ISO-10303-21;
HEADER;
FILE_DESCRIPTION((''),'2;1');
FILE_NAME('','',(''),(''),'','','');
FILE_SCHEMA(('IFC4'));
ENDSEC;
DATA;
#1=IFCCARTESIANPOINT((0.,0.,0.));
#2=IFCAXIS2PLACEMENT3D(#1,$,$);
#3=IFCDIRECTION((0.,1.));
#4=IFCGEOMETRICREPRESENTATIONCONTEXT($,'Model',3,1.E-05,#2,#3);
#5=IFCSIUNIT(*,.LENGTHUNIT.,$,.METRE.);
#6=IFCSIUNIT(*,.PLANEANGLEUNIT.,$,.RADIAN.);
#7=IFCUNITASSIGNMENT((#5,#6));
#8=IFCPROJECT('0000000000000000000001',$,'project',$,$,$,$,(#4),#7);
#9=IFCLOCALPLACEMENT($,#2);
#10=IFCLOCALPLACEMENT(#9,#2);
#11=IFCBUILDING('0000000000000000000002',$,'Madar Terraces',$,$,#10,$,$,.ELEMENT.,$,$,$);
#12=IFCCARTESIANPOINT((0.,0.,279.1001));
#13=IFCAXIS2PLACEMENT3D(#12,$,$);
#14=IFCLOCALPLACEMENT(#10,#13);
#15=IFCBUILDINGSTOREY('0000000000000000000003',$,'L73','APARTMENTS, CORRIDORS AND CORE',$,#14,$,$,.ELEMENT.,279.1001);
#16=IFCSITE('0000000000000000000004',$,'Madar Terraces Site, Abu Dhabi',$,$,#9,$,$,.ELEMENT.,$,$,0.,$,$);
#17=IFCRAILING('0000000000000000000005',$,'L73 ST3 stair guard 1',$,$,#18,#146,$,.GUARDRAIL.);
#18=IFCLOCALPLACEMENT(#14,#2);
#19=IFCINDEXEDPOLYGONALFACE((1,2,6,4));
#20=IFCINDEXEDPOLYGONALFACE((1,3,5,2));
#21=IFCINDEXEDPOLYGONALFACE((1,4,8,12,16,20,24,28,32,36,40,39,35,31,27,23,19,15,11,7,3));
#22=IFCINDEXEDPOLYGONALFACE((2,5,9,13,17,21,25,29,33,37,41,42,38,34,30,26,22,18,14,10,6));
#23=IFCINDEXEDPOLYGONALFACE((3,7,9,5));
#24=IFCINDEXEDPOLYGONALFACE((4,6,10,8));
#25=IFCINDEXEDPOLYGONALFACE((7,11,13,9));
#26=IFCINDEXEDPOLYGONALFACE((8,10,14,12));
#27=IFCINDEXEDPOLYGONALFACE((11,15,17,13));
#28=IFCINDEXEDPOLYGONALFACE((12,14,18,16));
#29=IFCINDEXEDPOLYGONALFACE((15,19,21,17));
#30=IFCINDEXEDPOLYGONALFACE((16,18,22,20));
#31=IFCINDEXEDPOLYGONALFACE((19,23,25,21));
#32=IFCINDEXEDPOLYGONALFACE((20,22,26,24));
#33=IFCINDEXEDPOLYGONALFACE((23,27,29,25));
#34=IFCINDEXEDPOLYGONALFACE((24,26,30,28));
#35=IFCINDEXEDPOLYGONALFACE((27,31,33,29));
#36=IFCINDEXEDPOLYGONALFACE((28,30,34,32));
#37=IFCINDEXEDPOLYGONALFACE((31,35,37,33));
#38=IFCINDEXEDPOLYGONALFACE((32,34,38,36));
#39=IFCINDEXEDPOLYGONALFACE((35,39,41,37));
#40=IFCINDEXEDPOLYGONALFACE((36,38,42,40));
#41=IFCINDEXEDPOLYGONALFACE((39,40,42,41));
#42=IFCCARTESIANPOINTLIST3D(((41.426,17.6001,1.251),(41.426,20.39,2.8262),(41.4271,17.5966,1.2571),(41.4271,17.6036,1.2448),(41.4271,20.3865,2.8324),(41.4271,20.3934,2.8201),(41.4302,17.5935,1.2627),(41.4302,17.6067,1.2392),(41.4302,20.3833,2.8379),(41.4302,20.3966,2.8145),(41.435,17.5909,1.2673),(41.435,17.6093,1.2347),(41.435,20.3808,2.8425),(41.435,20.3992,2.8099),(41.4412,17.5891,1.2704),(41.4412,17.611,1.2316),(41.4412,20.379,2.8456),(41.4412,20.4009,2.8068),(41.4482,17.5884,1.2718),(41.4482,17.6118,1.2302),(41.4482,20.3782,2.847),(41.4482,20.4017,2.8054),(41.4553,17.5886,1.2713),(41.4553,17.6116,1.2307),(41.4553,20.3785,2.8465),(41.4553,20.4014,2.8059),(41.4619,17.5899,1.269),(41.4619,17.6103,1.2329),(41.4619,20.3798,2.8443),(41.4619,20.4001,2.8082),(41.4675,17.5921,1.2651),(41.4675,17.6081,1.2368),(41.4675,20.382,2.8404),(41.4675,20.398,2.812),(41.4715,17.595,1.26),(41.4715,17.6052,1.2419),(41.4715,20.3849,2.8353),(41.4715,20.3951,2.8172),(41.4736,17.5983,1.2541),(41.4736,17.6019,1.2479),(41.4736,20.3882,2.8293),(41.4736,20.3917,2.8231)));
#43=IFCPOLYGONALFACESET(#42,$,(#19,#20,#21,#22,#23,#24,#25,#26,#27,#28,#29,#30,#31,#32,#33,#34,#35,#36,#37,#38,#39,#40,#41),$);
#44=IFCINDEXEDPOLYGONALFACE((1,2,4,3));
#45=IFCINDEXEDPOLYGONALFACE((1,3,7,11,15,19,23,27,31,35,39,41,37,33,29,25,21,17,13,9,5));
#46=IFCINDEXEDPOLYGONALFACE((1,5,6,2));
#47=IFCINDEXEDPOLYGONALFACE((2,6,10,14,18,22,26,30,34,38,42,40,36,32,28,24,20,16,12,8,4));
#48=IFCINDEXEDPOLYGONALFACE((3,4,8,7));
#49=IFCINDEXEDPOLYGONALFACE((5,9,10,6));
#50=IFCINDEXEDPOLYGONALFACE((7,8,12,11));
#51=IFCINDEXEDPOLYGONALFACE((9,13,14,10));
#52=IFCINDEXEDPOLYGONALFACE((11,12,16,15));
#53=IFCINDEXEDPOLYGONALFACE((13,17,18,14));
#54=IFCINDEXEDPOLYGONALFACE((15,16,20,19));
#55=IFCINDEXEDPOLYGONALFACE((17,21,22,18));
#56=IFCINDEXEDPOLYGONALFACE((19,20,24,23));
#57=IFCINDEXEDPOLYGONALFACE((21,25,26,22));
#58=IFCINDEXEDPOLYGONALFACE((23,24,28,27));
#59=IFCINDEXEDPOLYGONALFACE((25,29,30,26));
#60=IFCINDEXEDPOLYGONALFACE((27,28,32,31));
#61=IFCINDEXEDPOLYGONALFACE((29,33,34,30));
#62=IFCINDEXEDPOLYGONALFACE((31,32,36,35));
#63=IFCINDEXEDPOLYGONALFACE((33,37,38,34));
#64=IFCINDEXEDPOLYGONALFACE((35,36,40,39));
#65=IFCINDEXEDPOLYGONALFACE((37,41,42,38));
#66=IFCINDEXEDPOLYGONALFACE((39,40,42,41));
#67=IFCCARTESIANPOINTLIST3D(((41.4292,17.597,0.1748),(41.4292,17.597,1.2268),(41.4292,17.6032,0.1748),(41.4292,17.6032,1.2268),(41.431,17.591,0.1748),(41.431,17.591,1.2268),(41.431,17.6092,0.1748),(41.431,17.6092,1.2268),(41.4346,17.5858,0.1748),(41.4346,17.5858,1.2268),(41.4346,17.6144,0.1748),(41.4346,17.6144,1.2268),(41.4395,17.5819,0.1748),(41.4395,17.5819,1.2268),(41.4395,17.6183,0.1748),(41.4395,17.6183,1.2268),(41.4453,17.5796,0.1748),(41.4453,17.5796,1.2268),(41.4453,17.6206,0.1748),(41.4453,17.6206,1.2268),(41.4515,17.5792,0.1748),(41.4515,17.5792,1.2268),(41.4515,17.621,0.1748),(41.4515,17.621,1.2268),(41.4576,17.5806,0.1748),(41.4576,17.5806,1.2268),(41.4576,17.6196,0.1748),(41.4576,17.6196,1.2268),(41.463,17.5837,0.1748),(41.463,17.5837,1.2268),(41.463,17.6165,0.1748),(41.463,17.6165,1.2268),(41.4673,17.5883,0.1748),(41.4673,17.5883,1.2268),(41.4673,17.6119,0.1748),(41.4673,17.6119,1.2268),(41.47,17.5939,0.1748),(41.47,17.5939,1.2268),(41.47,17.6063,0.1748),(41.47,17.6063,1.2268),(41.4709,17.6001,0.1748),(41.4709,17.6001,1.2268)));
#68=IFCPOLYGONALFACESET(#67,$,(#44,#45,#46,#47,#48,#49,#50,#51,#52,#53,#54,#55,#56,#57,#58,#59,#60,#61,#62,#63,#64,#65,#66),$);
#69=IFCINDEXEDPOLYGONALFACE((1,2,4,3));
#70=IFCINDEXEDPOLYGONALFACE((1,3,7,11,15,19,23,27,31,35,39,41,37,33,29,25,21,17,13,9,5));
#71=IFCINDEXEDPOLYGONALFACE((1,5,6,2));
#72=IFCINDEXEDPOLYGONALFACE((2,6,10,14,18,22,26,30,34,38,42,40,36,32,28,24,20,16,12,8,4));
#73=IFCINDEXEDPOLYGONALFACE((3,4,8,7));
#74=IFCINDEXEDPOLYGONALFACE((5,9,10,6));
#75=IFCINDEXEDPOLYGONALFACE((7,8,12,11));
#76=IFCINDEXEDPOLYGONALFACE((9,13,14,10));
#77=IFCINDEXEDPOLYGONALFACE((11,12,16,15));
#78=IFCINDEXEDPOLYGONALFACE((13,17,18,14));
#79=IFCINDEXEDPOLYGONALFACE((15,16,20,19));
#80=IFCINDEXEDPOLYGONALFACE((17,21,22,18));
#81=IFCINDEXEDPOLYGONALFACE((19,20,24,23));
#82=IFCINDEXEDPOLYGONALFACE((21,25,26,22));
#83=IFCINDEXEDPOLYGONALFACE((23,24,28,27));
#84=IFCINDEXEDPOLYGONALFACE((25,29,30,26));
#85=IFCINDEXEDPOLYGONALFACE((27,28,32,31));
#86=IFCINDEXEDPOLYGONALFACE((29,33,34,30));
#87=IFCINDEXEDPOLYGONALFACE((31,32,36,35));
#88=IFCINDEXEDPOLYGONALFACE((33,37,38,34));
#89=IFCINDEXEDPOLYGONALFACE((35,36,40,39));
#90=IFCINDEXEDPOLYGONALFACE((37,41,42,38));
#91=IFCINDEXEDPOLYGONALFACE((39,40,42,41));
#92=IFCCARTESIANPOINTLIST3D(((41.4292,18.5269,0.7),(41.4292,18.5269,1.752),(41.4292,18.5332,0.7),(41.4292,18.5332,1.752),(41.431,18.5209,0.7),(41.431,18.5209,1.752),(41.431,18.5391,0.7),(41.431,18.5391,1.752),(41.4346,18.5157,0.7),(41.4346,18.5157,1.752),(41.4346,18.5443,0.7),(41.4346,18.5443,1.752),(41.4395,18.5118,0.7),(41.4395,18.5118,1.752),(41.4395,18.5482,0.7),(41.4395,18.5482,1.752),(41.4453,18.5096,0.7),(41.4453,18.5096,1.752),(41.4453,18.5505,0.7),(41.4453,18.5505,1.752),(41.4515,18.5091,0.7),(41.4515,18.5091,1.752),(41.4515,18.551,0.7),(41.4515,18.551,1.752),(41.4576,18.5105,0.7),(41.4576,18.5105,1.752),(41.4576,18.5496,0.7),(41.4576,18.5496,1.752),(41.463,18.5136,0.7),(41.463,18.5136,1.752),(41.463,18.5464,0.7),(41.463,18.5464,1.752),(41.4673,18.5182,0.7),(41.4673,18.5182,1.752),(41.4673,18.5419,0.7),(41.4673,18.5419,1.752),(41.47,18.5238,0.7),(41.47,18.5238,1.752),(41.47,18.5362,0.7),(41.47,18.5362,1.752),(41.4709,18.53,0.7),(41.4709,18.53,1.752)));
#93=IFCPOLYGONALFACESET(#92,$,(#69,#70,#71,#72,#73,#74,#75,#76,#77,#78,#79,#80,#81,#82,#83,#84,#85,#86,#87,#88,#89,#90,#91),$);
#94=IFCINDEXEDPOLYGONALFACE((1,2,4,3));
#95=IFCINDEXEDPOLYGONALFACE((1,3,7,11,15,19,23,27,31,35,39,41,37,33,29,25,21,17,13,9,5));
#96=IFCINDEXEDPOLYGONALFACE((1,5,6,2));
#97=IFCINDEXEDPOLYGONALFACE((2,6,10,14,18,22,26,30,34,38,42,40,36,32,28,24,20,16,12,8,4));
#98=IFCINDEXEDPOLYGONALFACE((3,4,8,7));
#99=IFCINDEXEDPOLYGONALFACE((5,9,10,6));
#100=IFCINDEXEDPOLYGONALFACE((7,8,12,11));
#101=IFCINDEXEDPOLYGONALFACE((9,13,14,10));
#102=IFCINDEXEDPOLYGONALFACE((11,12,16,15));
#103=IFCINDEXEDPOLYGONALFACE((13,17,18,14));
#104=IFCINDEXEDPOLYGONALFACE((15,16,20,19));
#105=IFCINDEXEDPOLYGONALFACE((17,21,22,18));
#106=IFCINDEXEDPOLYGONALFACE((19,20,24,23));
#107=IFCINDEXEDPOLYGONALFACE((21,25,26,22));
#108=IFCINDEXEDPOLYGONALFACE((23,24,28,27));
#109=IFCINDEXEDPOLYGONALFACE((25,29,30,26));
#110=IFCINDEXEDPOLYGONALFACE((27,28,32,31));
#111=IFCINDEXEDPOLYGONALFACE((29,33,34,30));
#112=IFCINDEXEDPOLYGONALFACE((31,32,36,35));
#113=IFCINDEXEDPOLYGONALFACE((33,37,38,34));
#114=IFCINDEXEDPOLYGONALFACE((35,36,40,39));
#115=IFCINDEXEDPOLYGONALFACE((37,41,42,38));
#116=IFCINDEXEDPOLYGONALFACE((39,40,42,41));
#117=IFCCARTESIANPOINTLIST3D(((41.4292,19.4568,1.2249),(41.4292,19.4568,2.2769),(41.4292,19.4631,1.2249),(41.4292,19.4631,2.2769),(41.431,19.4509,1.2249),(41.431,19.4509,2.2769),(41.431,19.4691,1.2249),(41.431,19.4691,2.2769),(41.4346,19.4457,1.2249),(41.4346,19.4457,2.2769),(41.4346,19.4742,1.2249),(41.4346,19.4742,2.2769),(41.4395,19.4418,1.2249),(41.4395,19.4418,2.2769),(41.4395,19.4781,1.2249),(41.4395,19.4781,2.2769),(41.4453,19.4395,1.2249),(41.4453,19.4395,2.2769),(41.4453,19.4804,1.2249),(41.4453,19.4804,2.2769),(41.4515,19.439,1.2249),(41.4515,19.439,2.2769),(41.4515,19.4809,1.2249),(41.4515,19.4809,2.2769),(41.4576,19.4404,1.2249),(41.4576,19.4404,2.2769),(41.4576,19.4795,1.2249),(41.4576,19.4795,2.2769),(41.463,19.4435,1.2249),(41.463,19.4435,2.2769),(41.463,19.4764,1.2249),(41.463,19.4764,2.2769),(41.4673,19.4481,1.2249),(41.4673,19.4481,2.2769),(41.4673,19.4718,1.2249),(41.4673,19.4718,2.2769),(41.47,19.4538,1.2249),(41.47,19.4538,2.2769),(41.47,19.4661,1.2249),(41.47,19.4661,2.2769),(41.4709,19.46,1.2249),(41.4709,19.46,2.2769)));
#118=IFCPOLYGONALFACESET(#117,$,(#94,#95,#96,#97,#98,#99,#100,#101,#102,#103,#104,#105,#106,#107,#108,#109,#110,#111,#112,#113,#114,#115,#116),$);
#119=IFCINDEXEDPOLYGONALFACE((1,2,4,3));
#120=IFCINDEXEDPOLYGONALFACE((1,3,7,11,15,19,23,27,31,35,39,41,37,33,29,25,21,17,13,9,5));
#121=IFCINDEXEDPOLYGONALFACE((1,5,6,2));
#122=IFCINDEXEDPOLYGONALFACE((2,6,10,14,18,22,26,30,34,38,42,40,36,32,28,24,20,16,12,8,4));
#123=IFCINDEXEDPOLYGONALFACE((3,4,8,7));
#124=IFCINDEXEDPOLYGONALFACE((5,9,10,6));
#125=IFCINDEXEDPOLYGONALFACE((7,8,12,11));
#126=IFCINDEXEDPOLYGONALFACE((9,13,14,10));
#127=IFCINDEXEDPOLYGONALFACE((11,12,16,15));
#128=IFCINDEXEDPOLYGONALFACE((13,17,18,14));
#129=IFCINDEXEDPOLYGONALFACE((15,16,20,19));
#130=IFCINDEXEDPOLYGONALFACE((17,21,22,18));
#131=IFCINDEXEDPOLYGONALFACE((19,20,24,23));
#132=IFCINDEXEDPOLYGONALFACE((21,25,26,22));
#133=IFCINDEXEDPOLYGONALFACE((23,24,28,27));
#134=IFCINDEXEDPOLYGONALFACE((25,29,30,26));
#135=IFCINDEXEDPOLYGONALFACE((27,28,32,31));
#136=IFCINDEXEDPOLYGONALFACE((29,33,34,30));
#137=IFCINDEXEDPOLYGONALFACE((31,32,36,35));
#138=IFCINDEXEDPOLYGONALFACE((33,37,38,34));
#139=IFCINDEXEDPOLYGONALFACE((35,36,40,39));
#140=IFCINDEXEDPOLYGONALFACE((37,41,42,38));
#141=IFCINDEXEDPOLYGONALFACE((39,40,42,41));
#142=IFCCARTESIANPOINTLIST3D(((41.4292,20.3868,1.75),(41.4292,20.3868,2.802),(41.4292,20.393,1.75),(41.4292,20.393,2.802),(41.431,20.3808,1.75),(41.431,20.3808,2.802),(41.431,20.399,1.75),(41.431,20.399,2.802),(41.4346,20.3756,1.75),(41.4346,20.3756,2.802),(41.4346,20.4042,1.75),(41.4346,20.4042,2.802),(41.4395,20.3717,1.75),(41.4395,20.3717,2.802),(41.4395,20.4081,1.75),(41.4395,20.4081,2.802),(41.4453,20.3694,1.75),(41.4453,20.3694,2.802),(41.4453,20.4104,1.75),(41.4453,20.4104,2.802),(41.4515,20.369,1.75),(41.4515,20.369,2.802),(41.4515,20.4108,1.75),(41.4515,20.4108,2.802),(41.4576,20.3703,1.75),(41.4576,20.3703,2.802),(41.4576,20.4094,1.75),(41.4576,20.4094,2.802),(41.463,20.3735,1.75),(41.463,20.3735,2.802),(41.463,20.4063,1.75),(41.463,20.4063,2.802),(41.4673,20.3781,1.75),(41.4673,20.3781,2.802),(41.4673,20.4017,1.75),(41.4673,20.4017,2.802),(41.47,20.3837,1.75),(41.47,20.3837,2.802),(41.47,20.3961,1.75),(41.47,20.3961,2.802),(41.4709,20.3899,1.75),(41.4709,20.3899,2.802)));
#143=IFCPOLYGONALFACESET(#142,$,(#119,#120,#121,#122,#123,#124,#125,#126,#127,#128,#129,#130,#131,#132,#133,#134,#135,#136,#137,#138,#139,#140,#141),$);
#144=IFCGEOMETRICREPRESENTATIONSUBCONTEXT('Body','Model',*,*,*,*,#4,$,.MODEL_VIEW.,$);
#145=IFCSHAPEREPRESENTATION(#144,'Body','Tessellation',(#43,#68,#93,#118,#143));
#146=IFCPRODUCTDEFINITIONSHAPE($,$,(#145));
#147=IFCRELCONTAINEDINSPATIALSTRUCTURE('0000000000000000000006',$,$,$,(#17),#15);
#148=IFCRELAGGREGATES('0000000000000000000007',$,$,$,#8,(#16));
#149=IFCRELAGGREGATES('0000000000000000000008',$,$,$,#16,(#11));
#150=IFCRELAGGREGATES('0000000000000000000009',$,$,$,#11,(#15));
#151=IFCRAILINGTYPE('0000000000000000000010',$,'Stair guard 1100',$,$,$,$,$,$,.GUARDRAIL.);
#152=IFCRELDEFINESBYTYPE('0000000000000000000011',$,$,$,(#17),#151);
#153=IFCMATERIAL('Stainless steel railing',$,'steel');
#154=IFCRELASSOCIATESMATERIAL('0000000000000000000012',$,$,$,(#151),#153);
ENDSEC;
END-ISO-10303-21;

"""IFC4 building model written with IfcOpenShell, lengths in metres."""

from ifc_helpers import new_model, si_unit, direction, frame, origin, origin_2d, place, context, subcontext, project, spatial, circle, extrude, material, type_object, element, save


model = new_model("IFC4")

# Units and contexts
model_context = context("Model", 3, precision=1e-05, world=origin(), true_north=direction((0.0, 1.0)))
body_context = subcontext(model_context, "Body", "Model", "MODEL_VIEW")
ifc_project = project(units=[si_unit("LENGTHUNIT", "METRE"), si_unit("PLANEANGLEUNIT", "RADIAN")], contexts=[model_context])

# Site, building, storey
site_placement = place(None, origin())
site = spatial("IfcSite", under=ifc_project, at=site_placement, Name="Madar Terraces Site, Abu Dhabi", CompositionType="ELEMENT", RefElevation=0.0)
building_placement = place(site_placement, origin())
building = spatial("IfcBuilding", under=site, at=building_placement, Name="Madar Terraces", CompositionType="ELEMENT")
storey_placement = place(building_placement, frame((0.0, 0.0, 279.1001)))
storey = spatial("IfcBuildingStorey", under=building, at=storey_placement, Name="L73", Description="APARTMENTS, CORRIDORS AND CORE", CompositionType="ELEMENT", Elevation=279.1001)

# Railing
ifc_material_1 = material(Name="Stainless steel railing", Category="steel")
railing_type_1 = type_object("IfcRailingType", Name="Stair guard 1100", PredefinedType="GUARDRAIL", material=ifc_material_1)
railing_1_placement = place(storey_placement, frame((41.45, 17.6001, 0.1748)))
element("IfcRailing", 1, at=railing_1_placement, inside=storey, type_object=railing_type_1, Name="L73 ST3 stair guard 1", PredefinedType="GUARDRAIL", context=body_context, shape_type="SweptSolid", body=[
    extrude(circle(Radius=0.0239, at=origin_2d()), frame((0.0, 0.0, 1.0762), z_axis=(0.0, 0.870783, 0.491668), x_axis=(-1.0, 0.0, 0.0)), (0.0, 0.0, 1.0), 3.2039),
    extrude(circle(Radius=0.021, at=origin_2d()), origin(), (0.0, 0.0, 1.0), 1.052),
    extrude(circle(Radius=0.021, at=origin_2d()), frame((0.0, 0.9299, 0.5251)), (0.0, 0.0, 1.0), 1.052),
    extrude(circle(Radius=0.021, at=origin_2d()), frame((0.0, 1.8599, 1.05)), (0.0, 0.0, 1.0), 1.052),
    extrude(circle(Radius=0.021, at=origin_2d()), frame((0.0, 2.7898, 1.5752)), (0.0, 0.0, 1.0), 1.052),
])

save(model, "model.ifc")
